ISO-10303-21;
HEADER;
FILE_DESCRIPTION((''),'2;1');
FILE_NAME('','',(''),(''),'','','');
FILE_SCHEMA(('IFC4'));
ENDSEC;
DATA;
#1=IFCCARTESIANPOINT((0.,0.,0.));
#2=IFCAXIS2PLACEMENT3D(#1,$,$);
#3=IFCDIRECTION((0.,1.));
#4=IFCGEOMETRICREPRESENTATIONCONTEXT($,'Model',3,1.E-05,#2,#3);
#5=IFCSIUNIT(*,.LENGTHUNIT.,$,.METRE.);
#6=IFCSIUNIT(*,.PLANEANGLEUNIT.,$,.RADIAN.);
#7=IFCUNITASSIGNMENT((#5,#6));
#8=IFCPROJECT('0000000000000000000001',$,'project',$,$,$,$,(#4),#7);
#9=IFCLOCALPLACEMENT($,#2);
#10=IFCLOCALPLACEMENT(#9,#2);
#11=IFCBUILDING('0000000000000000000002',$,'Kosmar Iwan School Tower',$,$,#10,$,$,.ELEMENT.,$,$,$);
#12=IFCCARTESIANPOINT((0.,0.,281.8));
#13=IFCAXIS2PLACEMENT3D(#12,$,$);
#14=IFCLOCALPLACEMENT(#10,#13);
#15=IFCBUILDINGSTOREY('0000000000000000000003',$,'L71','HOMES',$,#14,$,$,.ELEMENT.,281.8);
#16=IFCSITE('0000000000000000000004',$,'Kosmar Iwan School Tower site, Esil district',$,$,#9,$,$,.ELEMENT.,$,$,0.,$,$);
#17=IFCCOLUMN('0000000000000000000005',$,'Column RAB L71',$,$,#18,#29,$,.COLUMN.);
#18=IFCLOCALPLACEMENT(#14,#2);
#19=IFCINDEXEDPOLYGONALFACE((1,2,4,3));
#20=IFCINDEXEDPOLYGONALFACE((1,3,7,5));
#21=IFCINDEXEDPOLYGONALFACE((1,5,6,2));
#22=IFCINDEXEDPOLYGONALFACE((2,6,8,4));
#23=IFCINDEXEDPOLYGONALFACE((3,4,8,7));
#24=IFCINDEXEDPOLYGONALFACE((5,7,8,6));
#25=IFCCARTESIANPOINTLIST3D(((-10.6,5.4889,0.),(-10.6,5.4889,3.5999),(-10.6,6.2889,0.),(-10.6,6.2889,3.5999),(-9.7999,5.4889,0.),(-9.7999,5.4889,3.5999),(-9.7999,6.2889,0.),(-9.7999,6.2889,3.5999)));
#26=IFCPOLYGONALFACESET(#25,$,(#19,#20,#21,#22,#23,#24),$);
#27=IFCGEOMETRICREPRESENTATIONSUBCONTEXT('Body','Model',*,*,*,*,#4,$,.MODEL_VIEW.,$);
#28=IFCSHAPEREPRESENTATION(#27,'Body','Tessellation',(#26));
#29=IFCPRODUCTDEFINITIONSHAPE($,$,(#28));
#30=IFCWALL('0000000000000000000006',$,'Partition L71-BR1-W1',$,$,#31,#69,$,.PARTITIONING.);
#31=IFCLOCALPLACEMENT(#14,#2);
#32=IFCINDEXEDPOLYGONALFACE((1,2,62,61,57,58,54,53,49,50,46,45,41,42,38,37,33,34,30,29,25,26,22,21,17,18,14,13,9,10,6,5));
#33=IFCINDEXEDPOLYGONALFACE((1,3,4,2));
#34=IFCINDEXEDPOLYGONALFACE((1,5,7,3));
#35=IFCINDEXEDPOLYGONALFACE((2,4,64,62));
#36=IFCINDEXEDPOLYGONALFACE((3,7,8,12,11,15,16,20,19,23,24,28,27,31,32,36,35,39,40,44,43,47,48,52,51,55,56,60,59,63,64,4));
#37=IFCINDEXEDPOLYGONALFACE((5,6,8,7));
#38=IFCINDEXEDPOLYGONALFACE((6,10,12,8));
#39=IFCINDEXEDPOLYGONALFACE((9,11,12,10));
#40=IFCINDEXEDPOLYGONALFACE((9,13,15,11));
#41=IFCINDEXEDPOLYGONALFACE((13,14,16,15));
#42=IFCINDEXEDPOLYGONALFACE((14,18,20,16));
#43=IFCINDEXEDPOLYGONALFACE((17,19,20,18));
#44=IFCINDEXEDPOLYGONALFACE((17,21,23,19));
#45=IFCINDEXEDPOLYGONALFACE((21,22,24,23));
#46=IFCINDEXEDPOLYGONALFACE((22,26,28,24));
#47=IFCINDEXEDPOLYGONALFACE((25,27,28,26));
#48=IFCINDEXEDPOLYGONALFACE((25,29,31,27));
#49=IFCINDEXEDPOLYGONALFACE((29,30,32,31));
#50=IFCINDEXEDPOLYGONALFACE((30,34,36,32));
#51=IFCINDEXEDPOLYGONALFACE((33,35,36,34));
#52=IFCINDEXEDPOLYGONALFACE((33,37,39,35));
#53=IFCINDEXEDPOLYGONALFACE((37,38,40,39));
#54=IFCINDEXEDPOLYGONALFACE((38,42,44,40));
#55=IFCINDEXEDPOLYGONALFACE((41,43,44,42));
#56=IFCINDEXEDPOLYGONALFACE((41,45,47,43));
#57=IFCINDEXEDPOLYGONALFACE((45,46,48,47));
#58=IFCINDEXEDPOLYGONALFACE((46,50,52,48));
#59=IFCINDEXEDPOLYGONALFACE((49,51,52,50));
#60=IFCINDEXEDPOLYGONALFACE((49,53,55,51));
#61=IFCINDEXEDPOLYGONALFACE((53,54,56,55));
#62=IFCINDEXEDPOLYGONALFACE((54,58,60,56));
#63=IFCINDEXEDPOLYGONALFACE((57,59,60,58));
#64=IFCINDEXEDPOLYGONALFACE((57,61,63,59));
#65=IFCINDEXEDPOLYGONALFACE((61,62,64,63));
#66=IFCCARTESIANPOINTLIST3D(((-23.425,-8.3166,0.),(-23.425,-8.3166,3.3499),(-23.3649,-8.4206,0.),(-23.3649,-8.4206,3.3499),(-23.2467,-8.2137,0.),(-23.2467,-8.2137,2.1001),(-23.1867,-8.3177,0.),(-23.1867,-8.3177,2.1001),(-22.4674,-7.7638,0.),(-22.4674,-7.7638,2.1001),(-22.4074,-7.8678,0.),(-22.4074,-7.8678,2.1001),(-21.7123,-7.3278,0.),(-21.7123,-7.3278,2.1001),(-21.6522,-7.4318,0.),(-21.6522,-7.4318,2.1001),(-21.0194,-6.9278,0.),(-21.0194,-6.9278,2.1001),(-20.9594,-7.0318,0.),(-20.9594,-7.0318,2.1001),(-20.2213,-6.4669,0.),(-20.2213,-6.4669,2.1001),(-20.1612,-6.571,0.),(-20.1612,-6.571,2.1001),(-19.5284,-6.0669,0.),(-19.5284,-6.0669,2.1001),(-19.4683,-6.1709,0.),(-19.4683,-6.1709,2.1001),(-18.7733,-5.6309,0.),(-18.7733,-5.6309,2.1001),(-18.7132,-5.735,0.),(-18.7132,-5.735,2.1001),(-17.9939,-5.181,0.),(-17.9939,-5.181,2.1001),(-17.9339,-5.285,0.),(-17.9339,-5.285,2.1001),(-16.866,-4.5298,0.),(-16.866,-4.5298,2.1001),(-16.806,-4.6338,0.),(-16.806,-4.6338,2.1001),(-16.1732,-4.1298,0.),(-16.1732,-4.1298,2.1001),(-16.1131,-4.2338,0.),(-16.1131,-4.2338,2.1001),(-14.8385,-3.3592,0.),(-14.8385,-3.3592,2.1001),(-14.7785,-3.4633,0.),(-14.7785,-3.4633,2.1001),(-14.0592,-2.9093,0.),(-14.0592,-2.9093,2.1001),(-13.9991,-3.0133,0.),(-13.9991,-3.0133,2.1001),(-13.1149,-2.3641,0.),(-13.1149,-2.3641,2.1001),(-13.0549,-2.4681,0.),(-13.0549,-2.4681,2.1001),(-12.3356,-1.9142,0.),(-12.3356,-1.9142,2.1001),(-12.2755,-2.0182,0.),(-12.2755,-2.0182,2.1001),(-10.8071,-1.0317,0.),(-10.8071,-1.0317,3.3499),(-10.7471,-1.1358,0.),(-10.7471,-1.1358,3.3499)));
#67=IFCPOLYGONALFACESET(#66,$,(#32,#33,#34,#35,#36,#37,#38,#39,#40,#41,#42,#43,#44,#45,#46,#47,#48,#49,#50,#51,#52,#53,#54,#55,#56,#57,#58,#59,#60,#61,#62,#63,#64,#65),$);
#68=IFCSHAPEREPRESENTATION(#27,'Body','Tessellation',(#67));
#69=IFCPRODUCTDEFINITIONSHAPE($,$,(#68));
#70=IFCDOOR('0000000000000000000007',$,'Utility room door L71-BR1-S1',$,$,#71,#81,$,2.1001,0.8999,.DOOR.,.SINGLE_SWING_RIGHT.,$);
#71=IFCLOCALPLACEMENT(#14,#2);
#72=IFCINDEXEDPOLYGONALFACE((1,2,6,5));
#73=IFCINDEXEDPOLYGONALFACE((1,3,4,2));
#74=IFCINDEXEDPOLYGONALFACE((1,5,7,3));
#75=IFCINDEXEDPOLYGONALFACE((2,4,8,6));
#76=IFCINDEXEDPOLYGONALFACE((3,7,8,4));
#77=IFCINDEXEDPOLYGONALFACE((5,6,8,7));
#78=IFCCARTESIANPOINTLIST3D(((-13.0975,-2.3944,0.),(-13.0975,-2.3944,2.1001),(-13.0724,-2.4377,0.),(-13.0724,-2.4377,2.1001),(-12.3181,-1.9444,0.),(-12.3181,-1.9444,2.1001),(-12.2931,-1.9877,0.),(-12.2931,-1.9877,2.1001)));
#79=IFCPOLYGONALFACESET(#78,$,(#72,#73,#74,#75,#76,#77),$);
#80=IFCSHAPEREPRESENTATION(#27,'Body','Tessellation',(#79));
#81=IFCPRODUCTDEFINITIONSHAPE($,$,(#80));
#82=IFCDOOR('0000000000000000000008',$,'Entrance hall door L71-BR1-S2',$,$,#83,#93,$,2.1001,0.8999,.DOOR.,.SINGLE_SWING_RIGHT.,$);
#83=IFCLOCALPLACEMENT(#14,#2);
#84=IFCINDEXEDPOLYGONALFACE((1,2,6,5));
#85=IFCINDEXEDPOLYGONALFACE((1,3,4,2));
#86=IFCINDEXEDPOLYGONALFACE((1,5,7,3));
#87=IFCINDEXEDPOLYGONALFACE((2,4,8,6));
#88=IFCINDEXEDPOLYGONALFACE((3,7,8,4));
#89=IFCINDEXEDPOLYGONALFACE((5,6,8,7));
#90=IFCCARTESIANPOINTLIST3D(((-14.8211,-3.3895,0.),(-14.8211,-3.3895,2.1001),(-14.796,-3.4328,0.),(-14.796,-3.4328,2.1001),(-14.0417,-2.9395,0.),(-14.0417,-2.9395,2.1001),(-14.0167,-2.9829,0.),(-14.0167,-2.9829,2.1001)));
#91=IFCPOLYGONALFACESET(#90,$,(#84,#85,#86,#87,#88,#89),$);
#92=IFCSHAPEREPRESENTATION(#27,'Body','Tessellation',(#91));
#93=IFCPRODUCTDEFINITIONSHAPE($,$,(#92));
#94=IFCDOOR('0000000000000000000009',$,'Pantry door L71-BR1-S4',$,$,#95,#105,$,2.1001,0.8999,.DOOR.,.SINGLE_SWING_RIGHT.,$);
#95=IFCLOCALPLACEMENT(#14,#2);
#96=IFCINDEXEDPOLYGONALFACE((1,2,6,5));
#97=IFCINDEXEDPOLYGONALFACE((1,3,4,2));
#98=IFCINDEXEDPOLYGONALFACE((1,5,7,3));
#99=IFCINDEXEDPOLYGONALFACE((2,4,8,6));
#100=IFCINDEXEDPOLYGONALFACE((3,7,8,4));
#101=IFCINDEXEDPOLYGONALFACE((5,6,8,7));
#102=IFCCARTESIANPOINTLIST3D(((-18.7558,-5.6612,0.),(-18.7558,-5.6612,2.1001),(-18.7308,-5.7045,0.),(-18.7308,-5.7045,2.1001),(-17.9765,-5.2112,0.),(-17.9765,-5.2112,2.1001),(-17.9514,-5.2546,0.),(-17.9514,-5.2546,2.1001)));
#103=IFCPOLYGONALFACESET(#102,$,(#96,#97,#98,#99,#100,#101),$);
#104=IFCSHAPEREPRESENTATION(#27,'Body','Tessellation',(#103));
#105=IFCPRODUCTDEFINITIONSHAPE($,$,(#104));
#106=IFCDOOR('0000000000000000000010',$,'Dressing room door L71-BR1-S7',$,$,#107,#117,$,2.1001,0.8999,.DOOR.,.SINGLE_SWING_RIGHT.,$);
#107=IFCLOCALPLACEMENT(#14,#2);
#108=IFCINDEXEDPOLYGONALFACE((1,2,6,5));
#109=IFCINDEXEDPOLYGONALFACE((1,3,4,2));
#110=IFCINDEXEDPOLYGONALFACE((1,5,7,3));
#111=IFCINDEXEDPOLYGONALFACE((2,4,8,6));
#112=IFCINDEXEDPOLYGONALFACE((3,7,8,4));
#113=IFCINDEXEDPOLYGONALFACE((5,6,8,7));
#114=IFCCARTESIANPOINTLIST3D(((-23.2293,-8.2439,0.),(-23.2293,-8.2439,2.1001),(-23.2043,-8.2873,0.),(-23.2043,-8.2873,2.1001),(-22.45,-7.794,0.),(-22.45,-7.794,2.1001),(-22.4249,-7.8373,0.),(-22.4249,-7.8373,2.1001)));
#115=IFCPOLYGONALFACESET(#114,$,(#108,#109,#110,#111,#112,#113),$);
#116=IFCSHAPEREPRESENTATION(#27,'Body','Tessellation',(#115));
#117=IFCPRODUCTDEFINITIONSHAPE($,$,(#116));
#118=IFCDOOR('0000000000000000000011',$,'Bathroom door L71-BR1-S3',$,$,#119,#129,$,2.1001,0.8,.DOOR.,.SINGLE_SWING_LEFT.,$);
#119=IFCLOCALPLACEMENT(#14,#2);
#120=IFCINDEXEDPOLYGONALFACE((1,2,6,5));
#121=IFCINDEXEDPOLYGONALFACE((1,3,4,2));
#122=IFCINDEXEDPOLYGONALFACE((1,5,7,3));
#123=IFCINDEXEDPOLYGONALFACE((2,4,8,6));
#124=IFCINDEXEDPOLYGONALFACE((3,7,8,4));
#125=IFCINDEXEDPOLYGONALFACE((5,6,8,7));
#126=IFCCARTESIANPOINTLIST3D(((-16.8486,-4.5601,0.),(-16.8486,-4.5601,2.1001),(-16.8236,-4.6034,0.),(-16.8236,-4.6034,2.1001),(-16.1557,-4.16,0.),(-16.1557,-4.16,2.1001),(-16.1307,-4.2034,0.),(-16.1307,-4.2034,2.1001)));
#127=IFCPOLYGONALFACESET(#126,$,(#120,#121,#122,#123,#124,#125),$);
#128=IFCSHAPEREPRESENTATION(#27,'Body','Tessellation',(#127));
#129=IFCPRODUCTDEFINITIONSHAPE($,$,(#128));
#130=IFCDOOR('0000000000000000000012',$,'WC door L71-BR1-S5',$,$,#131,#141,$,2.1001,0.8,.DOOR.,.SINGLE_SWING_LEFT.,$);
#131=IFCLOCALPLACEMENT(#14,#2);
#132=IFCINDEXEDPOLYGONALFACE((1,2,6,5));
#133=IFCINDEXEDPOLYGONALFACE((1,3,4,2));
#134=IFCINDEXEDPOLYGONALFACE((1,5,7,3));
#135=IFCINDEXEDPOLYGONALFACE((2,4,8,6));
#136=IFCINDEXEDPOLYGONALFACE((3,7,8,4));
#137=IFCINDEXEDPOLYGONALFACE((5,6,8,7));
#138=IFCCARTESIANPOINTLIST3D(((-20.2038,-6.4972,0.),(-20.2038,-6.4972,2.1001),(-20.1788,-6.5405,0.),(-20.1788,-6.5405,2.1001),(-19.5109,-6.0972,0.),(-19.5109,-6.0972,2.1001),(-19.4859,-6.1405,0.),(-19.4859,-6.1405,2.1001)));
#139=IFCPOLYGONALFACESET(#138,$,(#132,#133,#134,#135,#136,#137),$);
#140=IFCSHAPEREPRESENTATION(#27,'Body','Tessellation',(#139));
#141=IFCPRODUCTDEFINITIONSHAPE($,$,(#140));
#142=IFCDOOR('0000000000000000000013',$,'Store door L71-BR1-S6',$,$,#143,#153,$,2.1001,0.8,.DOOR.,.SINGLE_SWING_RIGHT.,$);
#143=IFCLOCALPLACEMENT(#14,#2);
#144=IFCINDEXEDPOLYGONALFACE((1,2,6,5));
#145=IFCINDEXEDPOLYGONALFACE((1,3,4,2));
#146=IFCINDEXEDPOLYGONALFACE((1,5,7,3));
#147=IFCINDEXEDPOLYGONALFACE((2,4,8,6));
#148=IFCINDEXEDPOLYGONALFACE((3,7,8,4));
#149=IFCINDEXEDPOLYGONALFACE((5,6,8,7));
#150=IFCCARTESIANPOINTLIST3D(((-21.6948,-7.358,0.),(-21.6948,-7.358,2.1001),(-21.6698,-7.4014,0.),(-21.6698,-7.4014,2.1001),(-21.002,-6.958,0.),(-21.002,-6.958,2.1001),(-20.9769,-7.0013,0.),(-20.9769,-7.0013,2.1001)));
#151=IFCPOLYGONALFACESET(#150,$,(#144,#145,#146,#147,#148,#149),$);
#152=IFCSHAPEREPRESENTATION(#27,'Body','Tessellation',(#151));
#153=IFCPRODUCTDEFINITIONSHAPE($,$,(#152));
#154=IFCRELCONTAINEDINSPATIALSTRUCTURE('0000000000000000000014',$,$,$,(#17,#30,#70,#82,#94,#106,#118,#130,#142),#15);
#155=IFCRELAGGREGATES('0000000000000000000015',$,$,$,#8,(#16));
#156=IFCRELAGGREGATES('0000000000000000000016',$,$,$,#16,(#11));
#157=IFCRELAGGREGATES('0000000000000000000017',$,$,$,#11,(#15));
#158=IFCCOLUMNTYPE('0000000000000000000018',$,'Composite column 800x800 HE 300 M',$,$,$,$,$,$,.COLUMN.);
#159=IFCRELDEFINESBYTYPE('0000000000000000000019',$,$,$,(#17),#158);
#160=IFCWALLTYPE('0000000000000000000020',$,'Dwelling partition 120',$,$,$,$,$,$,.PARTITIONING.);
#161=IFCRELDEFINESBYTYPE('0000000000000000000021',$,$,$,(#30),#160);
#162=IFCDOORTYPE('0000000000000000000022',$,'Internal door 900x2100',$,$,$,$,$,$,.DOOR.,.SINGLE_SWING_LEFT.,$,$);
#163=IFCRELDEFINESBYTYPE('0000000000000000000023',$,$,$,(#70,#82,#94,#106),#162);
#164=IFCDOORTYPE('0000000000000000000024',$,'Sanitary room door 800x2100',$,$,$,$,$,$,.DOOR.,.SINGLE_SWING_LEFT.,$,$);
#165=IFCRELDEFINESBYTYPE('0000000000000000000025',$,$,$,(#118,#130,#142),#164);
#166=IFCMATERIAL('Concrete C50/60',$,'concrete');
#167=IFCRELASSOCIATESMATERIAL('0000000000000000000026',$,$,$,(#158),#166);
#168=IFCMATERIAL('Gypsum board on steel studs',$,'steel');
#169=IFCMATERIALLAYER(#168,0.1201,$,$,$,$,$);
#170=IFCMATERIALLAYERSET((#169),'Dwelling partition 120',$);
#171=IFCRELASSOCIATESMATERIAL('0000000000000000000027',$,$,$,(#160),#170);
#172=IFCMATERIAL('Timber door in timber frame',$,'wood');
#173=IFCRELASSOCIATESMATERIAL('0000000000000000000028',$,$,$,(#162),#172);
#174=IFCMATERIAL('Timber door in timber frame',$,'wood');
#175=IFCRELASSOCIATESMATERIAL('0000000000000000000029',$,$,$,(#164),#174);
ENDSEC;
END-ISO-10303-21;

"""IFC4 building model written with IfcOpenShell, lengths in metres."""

from ifc_helpers import new_model, si_unit, direction, frame, frame_2d, origin, origin_2d, place, context, subcontext, project, spatial, rectangle, extrude, material, layer, layer_set, material_profile, profile_set, type_object, element, fill, save


model = new_model("IFC4")

# Units and contexts
model_context = context("Model", 3, precision=1e-05, world=origin(), true_north=direction((0.0, 1.0)))
body_context = subcontext(model_context, "Body", "Model", "MODEL_VIEW")
ifc_project = project(units=[si_unit("LENGTHUNIT", "METRE"), si_unit("PLANEANGLEUNIT", "RADIAN")], contexts=[model_context])

# Site, building, storey
site_placement = place(None, origin())
site = spatial("IfcSite", under=ifc_project, at=site_placement, Name="Kosmar Iwan School Tower site, Esil district", CompositionType="ELEMENT", RefElevation=0.0)
building_placement = place(site_placement, origin())
building = spatial("IfcBuilding", under=site, at=building_placement, Name="Kosmar Iwan School Tower", CompositionType="ELEMENT")
storey_placement = place(building_placement, frame((0.0, 0.0, 281.8)))
storey = spatial("IfcBuildingStorey", under=building, at=storey_placement, Name="L71", Description="HOMES", CompositionType="ELEMENT", Elevation=281.8)

# Column
ifc_material_1 = material(Name="Concrete C50/60", Category="concrete")
ifc_material_profile = material_profile(ifc_material_1, rectangle(XDim=0.8, YDim=0.8, at=origin_2d()), Name="RC 800x800 + HE 300 M")
ifc_profile_set = profile_set([ifc_material_profile], Name="Concrete C50/60")
column_type = type_object("IfcColumnType", Name="Composite column 800x800 HE 300 M", PredefinedType="COLUMN", material=ifc_profile_set)
column_placement = place(storey_placement, frame((-10.2, 5.8889, 0.0), z_axis=(0.0, 0.0, 1.0), x_axis=(1.0, 0.0, 0.0)))
element("IfcColumn", 1, at=column_placement, inside=storey, type_object=column_type, Name="Column RAB L71", PredefinedType="COLUMN", context=body_context, shape_type="SweptSolid", body=[
    extrude(rectangle(XDim=0.8, YDim=0.8, at=origin_2d()), origin(), (0.0, 0.0, 1.0), 3.5999),
])

# Wall, openings, doors
ifc_material_2 = material(Name="Gypsum board on steel studs", Category="steel")
ifc_layer_1 = layer(ifc_material_2, 0.1201)
ifc_layer_set_1 = layer_set([ifc_layer_1], Name="Dwelling partition 120")
wall_type_1 = type_object("IfcWallType", Name="Dwelling partition 120", PredefinedType="PARTITIONING", material=ifc_layer_set_1)
wall_1_placement = place(storey_placement, frame((-10.7771, -1.0837, 0.0), z_axis=(0.0, 0.0, 1.0), x_axis=(-0.866027, -0.499998, 0.0)))
wall_1 = element("IfcWall", 2, at=wall_1_placement, inside=storey, type_object=wall_type_1, Name="Partition L71-BR1-W1", PredefinedType="PARTITIONING", context=body_context, shape_type="SweptSolid", body=[
    extrude(rectangle(XDim=14.5698, YDim=0.1201, at=frame_2d((7.2849, 0.0))), origin(), (0.0, 0.0, 1.0), 3.3499),
])
opening_1_placement = place(wall_1_placement, frame((1.7649, 0.0, 0.0)))
opening_1 = element("IfcOpeningElement", 3, at=opening_1_placement, cuts=wall_1, PredefinedType="OPENING", context=body_context, shape_type="SweptSolid", body=[
    extrude(rectangle(XDim=0.8999, YDim=2.1001, at=frame_2d((0.45, 1.05))), frame((0.0, 0.072, 0.0), z_axis=(0.0, -1.0, 0.0), x_axis=(1.0, 0.0, 0.0)), (0.0, 0.0, 1.0), 0.144),
])
opening_2_placement = place(wall_1_placement, frame((3.7551, 0.0, 0.0)))
opening_2 = element("IfcOpeningElement", 4, at=opening_2_placement, cuts=wall_1, PredefinedType="OPENING", context=body_context, shape_type="SweptSolid", body=[
    extrude(rectangle(XDim=0.8999, YDim=2.1001, at=frame_2d((0.45, 1.05))), frame((0.0, 0.072, 0.0), z_axis=(0.0, -1.0, 0.0), x_axis=(1.0, 0.0, 0.0)), (0.0, 0.0, 1.0), 0.144),
])
opening_3_placement = place(wall_1_placement, frame((6.1963, 0.0, 0.0)))
opening_3 = element("IfcOpeningElement", 5, at=opening_3_placement, cuts=wall_1, PredefinedType="OPENING", context=body_context, shape_type="SweptSolid", body=[
    extrude(rectangle(XDim=0.8, YDim=2.1001, at=frame_2d((0.3999, 1.05))), frame((0.0, 0.072, 0.0), z_axis=(0.0, -1.0, 0.0), x_axis=(1.0, 0.0, 0.0)), (0.0, 0.0, 1.0), 0.144),
])
opening_4_placement = place(wall_1_placement, frame((8.2986, 0.0, 0.0)))
opening_4 = element("IfcOpeningElement", 6, at=opening_4_placement, cuts=wall_1, PredefinedType="OPENING", context=body_context, shape_type="SweptSolid", body=[
    extrude(rectangle(XDim=0.8999, YDim=2.1001, at=frame_2d((0.45, 1.05))), frame((0.0, 0.072, 0.0), z_axis=(0.0, -1.0, 0.0), x_axis=(1.0, 0.0, 0.0)), (0.0, 0.0, 1.0), 0.144),
])
opening_5_placement = place(wall_1_placement, frame((10.0706, 0.0, 0.0)))
opening_5 = element("IfcOpeningElement", 7, at=opening_5_placement, cuts=wall_1, PredefinedType="OPENING", context=body_context, shape_type="SweptSolid", body=[
    extrude(rectangle(XDim=0.8, YDim=2.1001, at=frame_2d((0.3999, 1.05))), frame((0.0, 0.072, 0.0), z_axis=(0.0, -1.0, 0.0), x_axis=(1.0, 0.0, 0.0)), (0.0, 0.0, 1.0), 0.144),
])
opening_6_placement = place(wall_1_placement, frame((11.7922, 0.0, 0.0)))
opening_6 = element("IfcOpeningElement", 8, at=opening_6_placement, cuts=wall_1, PredefinedType="OPENING", context=body_context, shape_type="SweptSolid", body=[
    extrude(rectangle(XDim=0.8, YDim=2.1001, at=frame_2d((0.3999, 1.05))), frame((0.0, 0.072, 0.0), z_axis=(0.0, -1.0, 0.0), x_axis=(1.0, 0.0, 0.0)), (0.0, 0.0, 1.0), 0.144),
])
opening_7_placement = place(wall_1_placement, frame((13.4641, 0.0, 0.0)))
opening_7 = element("IfcOpeningElement", 9, at=opening_7_placement, cuts=wall_1, PredefinedType="OPENING", context=body_context, shape_type="SweptSolid", body=[
    extrude(rectangle(XDim=0.8999, YDim=2.1001, at=frame_2d((0.45, 1.05))), frame((0.0, 0.072, 0.0), z_axis=(0.0, -1.0, 0.0), x_axis=(1.0, 0.0, 0.0)), (0.0, 0.0, 1.0), 0.144),
])
ifc_material_3 = material(Name="Timber door in timber frame", Category="wood")
door_type_1 = type_object("IfcDoorType", Name="Internal door 900x2100", OperationType="SINGLE_SWING_LEFT", PredefinedType="DOOR", material=ifc_material_3)
door_1_placement = place(opening_1_placement, origin())
door_1 = element("IfcDoor", 10, at=door_1_placement, inside=storey, type_object=door_type_1, Name="Utility room door L71-BR1-S1", OperationType="SINGLE_SWING_RIGHT", OverallHeight=2.1001, OverallWidth=0.8999, PredefinedType="DOOR", context=body_context, shape_type="SweptSolid", body=[
    extrude(rectangle(XDim=0.8999, YDim=2.1001, at=frame_2d((0.45, 1.05))), frame((0.0, 0.0249, 0.0), z_axis=(0.0, -1.0, 0.0), x_axis=(1.0, 0.0, 0.0)), (0.0, 0.0, 1.0), 0.05),
])
fill(opening_1, door_1)
door_2_placement = place(opening_2_placement, origin())
door_2 = element("IfcDoor", 11, at=door_2_placement, inside=storey, type_object=door_type_1, Name="Entrance hall door L71-BR1-S2", OperationType="SINGLE_SWING_RIGHT", OverallHeight=2.1001, OverallWidth=0.8999, PredefinedType="DOOR", context=body_context, shape_type="SweptSolid", body=[
    extrude(rectangle(XDim=0.8999, YDim=2.1001, at=frame_2d((0.45, 1.05))), frame((0.0, 0.0249, 0.0), z_axis=(0.0, -1.0, 0.0), x_axis=(1.0, 0.0, 0.0)), (0.0, 0.0, 1.0), 0.05),
])
fill(opening_2, door_2)
door_3_placement = place(opening_4_placement, origin())
door_3 = element("IfcDoor", 12, at=door_3_placement, inside=storey, type_object=door_type_1, Name="Pantry door L71-BR1-S4", OperationType="SINGLE_SWING_RIGHT", OverallHeight=2.1001, OverallWidth=0.8999, PredefinedType="DOOR", context=body_context, shape_type="SweptSolid", body=[
    extrude(rectangle(XDim=0.8999, YDim=2.1001, at=frame_2d((0.45, 1.05))), frame((0.0, 0.0249, 0.0), z_axis=(0.0, -1.0, 0.0), x_axis=(1.0, 0.0, 0.0)), (0.0, 0.0, 1.0), 0.05),
])
fill(opening_4, door_3)
door_4_placement = place(opening_7_placement, origin())
door_4 = element("IfcDoor", 13, at=door_4_placement, inside=storey, type_object=door_type_1, Name="Dressing room door L71-BR1-S7", OperationType="SINGLE_SWING_RIGHT", OverallHeight=2.1001, OverallWidth=0.8999, PredefinedType="DOOR", context=body_context, shape_type="SweptSolid", body=[
    extrude(rectangle(XDim=0.8999, YDim=2.1001, at=frame_2d((0.45, 1.05))), frame((0.0, 0.0249, 0.0), z_axis=(0.0, -1.0, 0.0), x_axis=(1.0, 0.0, 0.0)), (0.0, 0.0, 1.0), 0.05),
])
fill(opening_7, door_4)
ifc_material_4 = material(Name="Timber door in timber frame", Category="wood")
door_type_2 = type_object("IfcDoorType", Name="Sanitary room door 800x2100", OperationType="SINGLE_SWING_LEFT", PredefinedType="DOOR", material=ifc_material_4)
door_5_placement = place(opening_3_placement, origin())
door_5 = element("IfcDoor", 14, at=door_5_placement, inside=storey, type_object=door_type_2, Name="Bathroom door L71-BR1-S3", OperationType="SINGLE_SWING_LEFT", OverallHeight=2.1001, OverallWidth=0.8, PredefinedType="DOOR", context=body_context, shape_type="SweptSolid", body=[
    extrude(rectangle(XDim=0.8, YDim=2.1001, at=frame_2d((0.3999, 1.05))), frame((0.0, 0.0249, 0.0), z_axis=(0.0, -1.0, 0.0), x_axis=(1.0, 0.0, 0.0)), (0.0, 0.0, 1.0), 0.05),
])
fill(opening_3, door_5)
door_6_placement = place(opening_5_placement, origin())
door_6 = element("IfcDoor", 15, at=door_6_placement, inside=storey, type_object=door_type_2, Name="WC door L71-BR1-S5", OperationType="SINGLE_SWING_LEFT", OverallHeight=2.1001, OverallWidth=0.8, PredefinedType="DOOR", context=body_context, shape_type="SweptSolid", body=[
    extrude(rectangle(XDim=0.8, YDim=2.1001, at=frame_2d((0.3999, 1.05))), frame((0.0, 0.0249, 0.0), z_axis=(0.0, -1.0, 0.0), x_axis=(1.0, 0.0, 0.0)), (0.0, 0.0, 1.0), 0.05),
])
fill(opening_5, door_6)
door_7_placement = place(opening_6_placement, origin())
door_7 = element("IfcDoor", 16, at=door_7_placement, inside=storey, type_object=door_type_2, Name="Store door L71-BR1-S6", OperationType="SINGLE_SWING_RIGHT", OverallHeight=2.1001, OverallWidth=0.8, PredefinedType="DOOR", context=body_context, shape_type="SweptSolid", body=[
    extrude(rectangle(XDim=0.8, YDim=2.1001, at=frame_2d((0.3999, 1.05))), frame((0.0, 0.0249, 0.0), z_axis=(0.0, -1.0, 0.0), x_axis=(1.0, 0.0, 0.0)), (0.0, 0.0, 1.0), 0.05),
])
fill(opening_6, door_7)

save(model, "model.ifc")
